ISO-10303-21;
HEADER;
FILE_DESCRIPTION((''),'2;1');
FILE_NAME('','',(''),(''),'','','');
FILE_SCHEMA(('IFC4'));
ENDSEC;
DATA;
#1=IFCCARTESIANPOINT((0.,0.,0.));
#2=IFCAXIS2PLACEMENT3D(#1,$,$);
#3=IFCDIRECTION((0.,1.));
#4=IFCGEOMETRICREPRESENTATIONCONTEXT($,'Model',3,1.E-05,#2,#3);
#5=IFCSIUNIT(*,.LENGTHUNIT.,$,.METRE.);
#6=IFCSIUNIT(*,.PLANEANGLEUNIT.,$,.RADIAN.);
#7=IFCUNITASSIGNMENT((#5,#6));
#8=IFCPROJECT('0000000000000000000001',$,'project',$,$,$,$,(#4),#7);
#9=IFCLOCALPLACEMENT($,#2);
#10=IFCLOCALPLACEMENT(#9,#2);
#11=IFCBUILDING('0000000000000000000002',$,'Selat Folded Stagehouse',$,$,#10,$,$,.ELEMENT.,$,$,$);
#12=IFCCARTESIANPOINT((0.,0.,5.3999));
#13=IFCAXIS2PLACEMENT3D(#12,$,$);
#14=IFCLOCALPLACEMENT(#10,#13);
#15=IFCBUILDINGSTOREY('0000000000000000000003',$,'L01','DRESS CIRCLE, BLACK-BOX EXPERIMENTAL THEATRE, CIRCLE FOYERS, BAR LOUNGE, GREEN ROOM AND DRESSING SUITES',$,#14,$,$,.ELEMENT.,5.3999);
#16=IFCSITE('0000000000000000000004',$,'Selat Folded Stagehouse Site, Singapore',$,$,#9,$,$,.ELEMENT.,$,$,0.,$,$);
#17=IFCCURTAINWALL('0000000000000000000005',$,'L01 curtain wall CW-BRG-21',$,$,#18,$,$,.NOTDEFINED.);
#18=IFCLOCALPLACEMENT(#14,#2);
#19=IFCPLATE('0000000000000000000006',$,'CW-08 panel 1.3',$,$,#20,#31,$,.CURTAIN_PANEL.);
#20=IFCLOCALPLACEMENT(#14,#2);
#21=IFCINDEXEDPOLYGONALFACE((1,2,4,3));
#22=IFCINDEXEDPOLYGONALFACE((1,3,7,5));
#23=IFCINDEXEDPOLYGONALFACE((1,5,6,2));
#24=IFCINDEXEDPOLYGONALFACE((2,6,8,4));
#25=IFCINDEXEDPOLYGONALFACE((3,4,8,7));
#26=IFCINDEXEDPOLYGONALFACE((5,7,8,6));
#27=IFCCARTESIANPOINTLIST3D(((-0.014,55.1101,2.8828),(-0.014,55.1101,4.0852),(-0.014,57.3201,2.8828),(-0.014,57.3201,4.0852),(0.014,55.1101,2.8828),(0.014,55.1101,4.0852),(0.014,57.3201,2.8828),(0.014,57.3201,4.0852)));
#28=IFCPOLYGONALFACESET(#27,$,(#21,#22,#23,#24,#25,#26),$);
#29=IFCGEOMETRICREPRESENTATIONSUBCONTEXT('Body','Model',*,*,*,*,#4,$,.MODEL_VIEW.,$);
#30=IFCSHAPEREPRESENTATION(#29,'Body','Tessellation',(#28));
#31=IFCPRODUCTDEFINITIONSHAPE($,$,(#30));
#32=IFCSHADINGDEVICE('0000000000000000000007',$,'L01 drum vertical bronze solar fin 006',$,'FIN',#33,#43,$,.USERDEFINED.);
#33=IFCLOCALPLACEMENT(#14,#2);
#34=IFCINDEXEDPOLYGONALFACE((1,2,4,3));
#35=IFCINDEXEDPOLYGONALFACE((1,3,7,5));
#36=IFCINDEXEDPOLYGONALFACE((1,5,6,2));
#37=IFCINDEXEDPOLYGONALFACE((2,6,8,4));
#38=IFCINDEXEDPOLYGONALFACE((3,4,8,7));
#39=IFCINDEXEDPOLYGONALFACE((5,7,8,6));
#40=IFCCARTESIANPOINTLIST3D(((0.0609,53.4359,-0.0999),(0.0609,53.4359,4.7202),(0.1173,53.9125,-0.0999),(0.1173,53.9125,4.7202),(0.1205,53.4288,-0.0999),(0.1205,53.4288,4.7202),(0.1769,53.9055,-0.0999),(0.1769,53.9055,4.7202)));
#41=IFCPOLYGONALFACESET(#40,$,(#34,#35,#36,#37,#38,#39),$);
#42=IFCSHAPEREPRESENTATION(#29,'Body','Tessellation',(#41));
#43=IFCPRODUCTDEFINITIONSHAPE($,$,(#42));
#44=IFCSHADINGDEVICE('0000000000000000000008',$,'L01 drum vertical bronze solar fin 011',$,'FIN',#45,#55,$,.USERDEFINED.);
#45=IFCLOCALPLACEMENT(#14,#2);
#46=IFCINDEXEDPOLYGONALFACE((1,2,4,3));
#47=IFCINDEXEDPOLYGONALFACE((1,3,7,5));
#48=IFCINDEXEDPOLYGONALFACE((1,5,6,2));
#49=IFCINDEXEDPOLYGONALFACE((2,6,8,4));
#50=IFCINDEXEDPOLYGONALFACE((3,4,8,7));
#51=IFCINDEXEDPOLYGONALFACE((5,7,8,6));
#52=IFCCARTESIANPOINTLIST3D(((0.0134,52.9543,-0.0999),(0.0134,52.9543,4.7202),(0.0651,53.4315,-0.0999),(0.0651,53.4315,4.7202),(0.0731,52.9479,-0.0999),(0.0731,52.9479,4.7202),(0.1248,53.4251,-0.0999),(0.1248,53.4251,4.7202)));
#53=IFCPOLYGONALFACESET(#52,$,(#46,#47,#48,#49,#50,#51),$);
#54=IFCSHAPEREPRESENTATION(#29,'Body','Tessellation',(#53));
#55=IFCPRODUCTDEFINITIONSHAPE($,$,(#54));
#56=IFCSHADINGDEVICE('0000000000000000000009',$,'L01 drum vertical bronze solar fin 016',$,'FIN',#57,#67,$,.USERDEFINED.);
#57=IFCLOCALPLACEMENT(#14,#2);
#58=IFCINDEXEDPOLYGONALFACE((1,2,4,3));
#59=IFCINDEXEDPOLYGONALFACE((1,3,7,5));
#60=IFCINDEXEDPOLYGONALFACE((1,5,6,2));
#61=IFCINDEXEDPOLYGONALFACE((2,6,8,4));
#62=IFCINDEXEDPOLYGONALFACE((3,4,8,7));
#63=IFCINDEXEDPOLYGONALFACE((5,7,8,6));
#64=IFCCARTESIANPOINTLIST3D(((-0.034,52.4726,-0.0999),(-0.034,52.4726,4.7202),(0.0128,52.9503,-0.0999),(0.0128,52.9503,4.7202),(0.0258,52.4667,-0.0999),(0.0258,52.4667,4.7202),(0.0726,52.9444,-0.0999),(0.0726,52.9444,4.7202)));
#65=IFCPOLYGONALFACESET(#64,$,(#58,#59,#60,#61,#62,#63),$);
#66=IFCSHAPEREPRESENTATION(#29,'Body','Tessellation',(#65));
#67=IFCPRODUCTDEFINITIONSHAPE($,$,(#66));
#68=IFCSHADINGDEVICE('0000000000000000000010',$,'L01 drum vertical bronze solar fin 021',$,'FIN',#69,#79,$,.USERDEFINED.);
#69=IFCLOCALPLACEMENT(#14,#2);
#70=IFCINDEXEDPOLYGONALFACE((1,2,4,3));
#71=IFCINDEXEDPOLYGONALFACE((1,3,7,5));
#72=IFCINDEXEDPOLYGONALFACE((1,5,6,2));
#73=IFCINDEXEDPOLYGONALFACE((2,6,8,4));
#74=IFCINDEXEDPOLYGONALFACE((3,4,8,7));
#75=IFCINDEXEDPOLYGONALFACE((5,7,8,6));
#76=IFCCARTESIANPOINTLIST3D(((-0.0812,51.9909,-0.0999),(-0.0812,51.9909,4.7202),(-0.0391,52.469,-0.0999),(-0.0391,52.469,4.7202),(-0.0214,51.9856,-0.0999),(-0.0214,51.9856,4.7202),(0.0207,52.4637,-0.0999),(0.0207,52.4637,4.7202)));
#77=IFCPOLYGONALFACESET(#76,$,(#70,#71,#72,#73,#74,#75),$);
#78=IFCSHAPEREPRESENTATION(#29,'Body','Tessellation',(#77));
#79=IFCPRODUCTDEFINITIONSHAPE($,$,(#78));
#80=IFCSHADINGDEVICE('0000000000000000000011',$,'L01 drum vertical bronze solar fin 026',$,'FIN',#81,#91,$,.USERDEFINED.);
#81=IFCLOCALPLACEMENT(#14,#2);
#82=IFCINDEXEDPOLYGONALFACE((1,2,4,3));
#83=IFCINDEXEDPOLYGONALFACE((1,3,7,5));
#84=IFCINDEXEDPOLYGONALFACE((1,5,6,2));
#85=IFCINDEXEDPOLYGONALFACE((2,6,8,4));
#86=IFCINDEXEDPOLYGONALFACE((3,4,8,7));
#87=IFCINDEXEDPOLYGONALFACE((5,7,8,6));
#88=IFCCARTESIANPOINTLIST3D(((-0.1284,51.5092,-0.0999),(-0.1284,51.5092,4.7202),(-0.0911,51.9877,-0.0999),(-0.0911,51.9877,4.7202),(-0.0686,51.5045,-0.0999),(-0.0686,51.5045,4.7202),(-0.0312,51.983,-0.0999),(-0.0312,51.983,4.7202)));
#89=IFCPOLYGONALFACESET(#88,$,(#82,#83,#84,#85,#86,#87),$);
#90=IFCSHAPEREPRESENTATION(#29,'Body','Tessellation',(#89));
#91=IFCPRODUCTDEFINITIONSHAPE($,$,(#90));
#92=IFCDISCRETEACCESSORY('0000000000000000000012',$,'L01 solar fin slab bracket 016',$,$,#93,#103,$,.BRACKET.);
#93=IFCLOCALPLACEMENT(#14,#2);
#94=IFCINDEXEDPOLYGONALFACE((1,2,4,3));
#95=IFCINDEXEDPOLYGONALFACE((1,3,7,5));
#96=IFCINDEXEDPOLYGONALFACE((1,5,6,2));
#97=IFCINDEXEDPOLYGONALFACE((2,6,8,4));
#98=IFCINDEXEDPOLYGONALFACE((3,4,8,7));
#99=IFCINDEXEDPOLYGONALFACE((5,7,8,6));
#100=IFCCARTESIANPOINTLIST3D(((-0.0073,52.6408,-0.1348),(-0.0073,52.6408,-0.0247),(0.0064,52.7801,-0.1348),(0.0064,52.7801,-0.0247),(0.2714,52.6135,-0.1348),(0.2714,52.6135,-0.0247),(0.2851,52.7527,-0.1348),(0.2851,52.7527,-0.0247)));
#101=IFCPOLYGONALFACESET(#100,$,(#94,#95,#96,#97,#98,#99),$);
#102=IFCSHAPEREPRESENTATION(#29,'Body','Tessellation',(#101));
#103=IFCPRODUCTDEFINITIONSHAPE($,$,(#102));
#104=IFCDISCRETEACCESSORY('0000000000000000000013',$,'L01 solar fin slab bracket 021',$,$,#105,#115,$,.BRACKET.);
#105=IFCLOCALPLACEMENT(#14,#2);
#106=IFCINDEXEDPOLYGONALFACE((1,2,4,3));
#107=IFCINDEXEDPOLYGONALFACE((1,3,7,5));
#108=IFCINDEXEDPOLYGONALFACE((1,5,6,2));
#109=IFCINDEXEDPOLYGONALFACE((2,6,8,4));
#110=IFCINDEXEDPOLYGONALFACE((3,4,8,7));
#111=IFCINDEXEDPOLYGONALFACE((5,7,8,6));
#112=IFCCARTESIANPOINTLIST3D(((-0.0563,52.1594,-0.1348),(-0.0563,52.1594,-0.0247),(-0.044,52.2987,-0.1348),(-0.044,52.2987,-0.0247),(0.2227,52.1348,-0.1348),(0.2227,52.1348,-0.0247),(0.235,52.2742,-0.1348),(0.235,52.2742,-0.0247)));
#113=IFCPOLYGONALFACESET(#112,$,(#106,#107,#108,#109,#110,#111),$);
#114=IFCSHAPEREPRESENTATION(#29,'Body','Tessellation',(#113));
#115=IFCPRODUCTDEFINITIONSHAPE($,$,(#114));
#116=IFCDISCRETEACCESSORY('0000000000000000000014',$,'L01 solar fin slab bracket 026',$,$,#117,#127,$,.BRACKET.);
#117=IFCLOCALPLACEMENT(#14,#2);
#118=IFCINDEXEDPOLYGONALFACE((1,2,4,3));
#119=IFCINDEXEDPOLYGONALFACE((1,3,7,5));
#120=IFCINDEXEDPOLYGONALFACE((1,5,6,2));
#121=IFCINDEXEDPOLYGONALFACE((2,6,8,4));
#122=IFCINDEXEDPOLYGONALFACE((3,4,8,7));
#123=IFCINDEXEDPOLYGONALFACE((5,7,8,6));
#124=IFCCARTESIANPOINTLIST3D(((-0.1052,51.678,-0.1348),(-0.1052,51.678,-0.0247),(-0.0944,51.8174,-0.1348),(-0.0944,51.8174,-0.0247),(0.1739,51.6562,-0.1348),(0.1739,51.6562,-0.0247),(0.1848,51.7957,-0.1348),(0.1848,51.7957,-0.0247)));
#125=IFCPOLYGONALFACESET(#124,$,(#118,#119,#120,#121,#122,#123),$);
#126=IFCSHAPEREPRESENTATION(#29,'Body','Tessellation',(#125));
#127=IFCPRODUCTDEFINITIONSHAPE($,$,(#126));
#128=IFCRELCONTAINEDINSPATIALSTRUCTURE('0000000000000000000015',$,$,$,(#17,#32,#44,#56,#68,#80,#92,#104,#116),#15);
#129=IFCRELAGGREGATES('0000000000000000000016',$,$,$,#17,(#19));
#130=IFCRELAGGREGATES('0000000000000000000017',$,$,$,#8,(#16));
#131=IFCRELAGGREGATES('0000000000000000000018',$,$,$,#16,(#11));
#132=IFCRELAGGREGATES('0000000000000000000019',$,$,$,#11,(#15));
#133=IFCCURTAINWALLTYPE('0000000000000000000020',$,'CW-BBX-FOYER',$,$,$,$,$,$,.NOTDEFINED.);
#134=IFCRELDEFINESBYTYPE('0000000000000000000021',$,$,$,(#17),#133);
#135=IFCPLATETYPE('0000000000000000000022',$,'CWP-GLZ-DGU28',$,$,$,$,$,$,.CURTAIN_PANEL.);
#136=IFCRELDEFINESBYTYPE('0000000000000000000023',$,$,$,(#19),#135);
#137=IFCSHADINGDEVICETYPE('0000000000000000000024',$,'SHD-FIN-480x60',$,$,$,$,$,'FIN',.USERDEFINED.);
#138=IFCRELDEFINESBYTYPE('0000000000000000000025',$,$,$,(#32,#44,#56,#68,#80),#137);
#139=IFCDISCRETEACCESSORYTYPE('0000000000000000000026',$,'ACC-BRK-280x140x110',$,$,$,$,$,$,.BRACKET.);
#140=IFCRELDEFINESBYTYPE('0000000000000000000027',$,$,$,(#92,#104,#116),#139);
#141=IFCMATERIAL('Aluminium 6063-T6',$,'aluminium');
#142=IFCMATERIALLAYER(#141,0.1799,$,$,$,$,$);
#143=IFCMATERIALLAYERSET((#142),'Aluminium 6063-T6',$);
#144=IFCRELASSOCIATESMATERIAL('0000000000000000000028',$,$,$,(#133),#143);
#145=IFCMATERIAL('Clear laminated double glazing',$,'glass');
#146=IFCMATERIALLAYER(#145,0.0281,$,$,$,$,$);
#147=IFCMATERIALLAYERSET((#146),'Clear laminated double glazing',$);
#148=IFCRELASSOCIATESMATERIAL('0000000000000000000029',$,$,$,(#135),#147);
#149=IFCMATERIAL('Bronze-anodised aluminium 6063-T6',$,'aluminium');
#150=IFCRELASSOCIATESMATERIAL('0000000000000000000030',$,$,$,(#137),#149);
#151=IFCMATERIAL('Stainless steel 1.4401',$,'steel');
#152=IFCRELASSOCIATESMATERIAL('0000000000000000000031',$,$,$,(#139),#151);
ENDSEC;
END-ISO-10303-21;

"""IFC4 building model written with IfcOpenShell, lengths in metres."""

from ifc_helpers import new_model, si_unit, direction, frame, origin, origin_2d, place, context, subcontext, project, spatial, rectangle, extrude, material, layer, layer_set, material_profile, profile_set, type_object, element, aggregate, save


model = new_model("IFC4")

# Units and contexts
model_context = context("Model", 3, precision=1e-05, world=origin(), true_north=direction((0.0, 1.0)))
body_context = subcontext(model_context, "Body", "Model", "MODEL_VIEW")
ifc_project = project(units=[si_unit("LENGTHUNIT", "METRE"), si_unit("PLANEANGLEUNIT", "RADIAN")], contexts=[model_context])

# Site, building, storey
site_placement = place(None, origin())
site = spatial("IfcSite", under=ifc_project, at=site_placement, Name="Selat Folded Stagehouse Site, Singapore", CompositionType="ELEMENT", RefElevation=0.0)
building_placement = place(site_placement, origin())
building = spatial("IfcBuilding", under=site, at=building_placement, Name="Selat Folded Stagehouse", CompositionType="ELEMENT")
storey_placement = place(building_placement, frame((0.0, 0.0, 5.3999)))
storey = spatial("IfcBuildingStorey", under=building, at=storey_placement, Name="L01", Description="DRESS CIRCLE, BLACK-BOX EXPERIMENTAL THEATRE, CIRCLE FOYERS, BAR LOUNGE, GREEN ROOM AND DRESSING SUITES", CompositionType="ELEMENT", Elevation=5.3999)

# Curtain wall
ifc_material_1 = material(Name="Aluminium 6063-T6", Category="aluminium")
ifc_layer_1 = layer(ifc_material_1, 0.1799)
ifc_layer_set_1 = layer_set([ifc_layer_1], Name="Aluminium 6063-T6")
curtain_wall_type_1 = type_object("IfcCurtainWallType", Name="CW-BBX-FOYER", PredefinedType="NOTDEFINED", material=ifc_layer_set_1)
curtain_wall_1_placement = place(storey_placement, origin())
curtain_wall_1 = element("IfcCurtainWall", 1, at=curtain_wall_1_placement, inside=storey, type_object=curtain_wall_type_1, Name="L01 curtain wall CW-BRG-21", PredefinedType="NOTDEFINED")

# Plate
ifc_material_2 = material(Name="Clear laminated double glazing", Category="glass")
ifc_layer_2 = layer(ifc_material_2, 0.0281)
ifc_layer_set_2 = layer_set([ifc_layer_2], Name="Clear laminated double glazing")
plate_type = type_object("IfcPlateType", Name="CWP-GLZ-DGU28", PredefinedType="CURTAIN_PANEL", material=ifc_layer_set_2)
plate_1_placement = place(storey_placement, frame((0.0, 56.2151, 2.8828), z_axis=(0.0, 0.0, 1.0), x_axis=(0.0, 1.0, 0.0)))
plate_1 = element("IfcPlate", 2, at=plate_1_placement, type_object=plate_type, Name="CW-08 panel 1.3", PredefinedType="CURTAIN_PANEL", context=body_context, shape_type="SweptSolid", body=[
    extrude(rectangle(XDim=2.21, YDim=0.0281, at=origin_2d()), origin(), (0.0, 0.0, 1.0), 1.2024),
])
aggregate(curtain_wall_1, [plate_1])

# Shading devices
ifc_material_3 = material(Name="Bronze-anodised aluminium 6063-T6", Category="aluminium")
ifc_material_profile_1 = material_profile(ifc_material_3, rectangle(XDim=0.0601, YDim=0.48, at=origin_2d()), Name="SOLAR-FIN 480x60")
ifc_profile_set_1 = profile_set([ifc_material_profile_1], Name="Bronze-anodised aluminium 6063-T6")
shading_device_type = type_object("IfcShadingDeviceType", Name="SHD-FIN-480x60", ElementType="FIN", PredefinedType="USERDEFINED", material=ifc_profile_set_1)
for number, where, z_axis, x_axis, name in (
    (3, (0.1189, 53.6707, -0.0999), (0.0, 0.0, 1.0), (-0.993068, 0.117537, 0.0), "L01 drum vertical bronze solar fin 006"),
    (4, (0.0691, 53.1897, -0.0999), (0.0, 0.0, 1.0), (-0.994189, 0.107652, 0.0), "L01 drum vertical bronze solar fin 011"),
    (5, (0.0193, 52.7085, -0.0999), (0.0, 0.0, 1.0), (-0.995227, 0.097583, 0.0), "L01 drum vertical bronze solar fin 016"),
    (6, (-0.0303, 52.2273, -0.0999), (0.0, 0.0, 1.0), (-0.996149, 0.087677, 0.0), "L01 drum vertical bronze solar fin 021"),
    (7, (-0.0798, 51.7461, -0.0999), (0.0, 0.0, 1.0), (-0.996972, 0.077763, 0.0), "L01 drum vertical bronze solar fin 026"),
):
    element("IfcShadingDevice", number, at=place(storey_placement, frame(where, z_axis=z_axis, x_axis=x_axis)), inside=storey, type_object=shading_device_type, Name=name, ObjectType="FIN", PredefinedType="USERDEFINED", context=body_context, shape_type="SweptSolid", body=[
        extrude(rectangle(XDim=0.0601, YDim=0.48, at=origin_2d()), origin(), (0.0, 0.0, 1.0), 4.8201),
    ])

# Discrete accessories
ifc_material_4 = material(Name="Stainless steel 1.4401", Category="steel")
discrete_accessory_type = type_object("IfcDiscreteAccessoryType", Name="ACC-BRK-280x140x110", PredefinedType="BRACKET", material=ifc_material_4)
for number, where, z_axis, x_axis, name in (
    (8, (0.1389, 52.6968, -0.1348), (0.0, 0.0, 1.0), (-0.995227, 0.097583, 0.0), "L01 solar fin slab bracket 016"),
    (9, (0.0894, 52.2168, -0.1348), (0.0, 0.0, 1.0), (-0.996149, 0.087677, 0.0), "L01 solar fin slab bracket 021"),
    (10, (0.0398, 51.7368, -0.1348), (0.0, 0.0, 1.0), (-0.996972, 0.077763, 0.0), "L01 solar fin slab bracket 026"),
):
    element("IfcDiscreteAccessory", number, at=place(storey_placement, frame(where, z_axis=z_axis, x_axis=x_axis)), inside=storey, type_object=discrete_accessory_type, Name=name, PredefinedType="BRACKET", context=body_context, shape_type="SweptSolid", body=[
        extrude(rectangle(XDim=0.28, YDim=0.1399, at=origin_2d()), origin(), (0.0, 0.0, 1.0), 0.1101),
    ])

save(model, "model.ifc")
